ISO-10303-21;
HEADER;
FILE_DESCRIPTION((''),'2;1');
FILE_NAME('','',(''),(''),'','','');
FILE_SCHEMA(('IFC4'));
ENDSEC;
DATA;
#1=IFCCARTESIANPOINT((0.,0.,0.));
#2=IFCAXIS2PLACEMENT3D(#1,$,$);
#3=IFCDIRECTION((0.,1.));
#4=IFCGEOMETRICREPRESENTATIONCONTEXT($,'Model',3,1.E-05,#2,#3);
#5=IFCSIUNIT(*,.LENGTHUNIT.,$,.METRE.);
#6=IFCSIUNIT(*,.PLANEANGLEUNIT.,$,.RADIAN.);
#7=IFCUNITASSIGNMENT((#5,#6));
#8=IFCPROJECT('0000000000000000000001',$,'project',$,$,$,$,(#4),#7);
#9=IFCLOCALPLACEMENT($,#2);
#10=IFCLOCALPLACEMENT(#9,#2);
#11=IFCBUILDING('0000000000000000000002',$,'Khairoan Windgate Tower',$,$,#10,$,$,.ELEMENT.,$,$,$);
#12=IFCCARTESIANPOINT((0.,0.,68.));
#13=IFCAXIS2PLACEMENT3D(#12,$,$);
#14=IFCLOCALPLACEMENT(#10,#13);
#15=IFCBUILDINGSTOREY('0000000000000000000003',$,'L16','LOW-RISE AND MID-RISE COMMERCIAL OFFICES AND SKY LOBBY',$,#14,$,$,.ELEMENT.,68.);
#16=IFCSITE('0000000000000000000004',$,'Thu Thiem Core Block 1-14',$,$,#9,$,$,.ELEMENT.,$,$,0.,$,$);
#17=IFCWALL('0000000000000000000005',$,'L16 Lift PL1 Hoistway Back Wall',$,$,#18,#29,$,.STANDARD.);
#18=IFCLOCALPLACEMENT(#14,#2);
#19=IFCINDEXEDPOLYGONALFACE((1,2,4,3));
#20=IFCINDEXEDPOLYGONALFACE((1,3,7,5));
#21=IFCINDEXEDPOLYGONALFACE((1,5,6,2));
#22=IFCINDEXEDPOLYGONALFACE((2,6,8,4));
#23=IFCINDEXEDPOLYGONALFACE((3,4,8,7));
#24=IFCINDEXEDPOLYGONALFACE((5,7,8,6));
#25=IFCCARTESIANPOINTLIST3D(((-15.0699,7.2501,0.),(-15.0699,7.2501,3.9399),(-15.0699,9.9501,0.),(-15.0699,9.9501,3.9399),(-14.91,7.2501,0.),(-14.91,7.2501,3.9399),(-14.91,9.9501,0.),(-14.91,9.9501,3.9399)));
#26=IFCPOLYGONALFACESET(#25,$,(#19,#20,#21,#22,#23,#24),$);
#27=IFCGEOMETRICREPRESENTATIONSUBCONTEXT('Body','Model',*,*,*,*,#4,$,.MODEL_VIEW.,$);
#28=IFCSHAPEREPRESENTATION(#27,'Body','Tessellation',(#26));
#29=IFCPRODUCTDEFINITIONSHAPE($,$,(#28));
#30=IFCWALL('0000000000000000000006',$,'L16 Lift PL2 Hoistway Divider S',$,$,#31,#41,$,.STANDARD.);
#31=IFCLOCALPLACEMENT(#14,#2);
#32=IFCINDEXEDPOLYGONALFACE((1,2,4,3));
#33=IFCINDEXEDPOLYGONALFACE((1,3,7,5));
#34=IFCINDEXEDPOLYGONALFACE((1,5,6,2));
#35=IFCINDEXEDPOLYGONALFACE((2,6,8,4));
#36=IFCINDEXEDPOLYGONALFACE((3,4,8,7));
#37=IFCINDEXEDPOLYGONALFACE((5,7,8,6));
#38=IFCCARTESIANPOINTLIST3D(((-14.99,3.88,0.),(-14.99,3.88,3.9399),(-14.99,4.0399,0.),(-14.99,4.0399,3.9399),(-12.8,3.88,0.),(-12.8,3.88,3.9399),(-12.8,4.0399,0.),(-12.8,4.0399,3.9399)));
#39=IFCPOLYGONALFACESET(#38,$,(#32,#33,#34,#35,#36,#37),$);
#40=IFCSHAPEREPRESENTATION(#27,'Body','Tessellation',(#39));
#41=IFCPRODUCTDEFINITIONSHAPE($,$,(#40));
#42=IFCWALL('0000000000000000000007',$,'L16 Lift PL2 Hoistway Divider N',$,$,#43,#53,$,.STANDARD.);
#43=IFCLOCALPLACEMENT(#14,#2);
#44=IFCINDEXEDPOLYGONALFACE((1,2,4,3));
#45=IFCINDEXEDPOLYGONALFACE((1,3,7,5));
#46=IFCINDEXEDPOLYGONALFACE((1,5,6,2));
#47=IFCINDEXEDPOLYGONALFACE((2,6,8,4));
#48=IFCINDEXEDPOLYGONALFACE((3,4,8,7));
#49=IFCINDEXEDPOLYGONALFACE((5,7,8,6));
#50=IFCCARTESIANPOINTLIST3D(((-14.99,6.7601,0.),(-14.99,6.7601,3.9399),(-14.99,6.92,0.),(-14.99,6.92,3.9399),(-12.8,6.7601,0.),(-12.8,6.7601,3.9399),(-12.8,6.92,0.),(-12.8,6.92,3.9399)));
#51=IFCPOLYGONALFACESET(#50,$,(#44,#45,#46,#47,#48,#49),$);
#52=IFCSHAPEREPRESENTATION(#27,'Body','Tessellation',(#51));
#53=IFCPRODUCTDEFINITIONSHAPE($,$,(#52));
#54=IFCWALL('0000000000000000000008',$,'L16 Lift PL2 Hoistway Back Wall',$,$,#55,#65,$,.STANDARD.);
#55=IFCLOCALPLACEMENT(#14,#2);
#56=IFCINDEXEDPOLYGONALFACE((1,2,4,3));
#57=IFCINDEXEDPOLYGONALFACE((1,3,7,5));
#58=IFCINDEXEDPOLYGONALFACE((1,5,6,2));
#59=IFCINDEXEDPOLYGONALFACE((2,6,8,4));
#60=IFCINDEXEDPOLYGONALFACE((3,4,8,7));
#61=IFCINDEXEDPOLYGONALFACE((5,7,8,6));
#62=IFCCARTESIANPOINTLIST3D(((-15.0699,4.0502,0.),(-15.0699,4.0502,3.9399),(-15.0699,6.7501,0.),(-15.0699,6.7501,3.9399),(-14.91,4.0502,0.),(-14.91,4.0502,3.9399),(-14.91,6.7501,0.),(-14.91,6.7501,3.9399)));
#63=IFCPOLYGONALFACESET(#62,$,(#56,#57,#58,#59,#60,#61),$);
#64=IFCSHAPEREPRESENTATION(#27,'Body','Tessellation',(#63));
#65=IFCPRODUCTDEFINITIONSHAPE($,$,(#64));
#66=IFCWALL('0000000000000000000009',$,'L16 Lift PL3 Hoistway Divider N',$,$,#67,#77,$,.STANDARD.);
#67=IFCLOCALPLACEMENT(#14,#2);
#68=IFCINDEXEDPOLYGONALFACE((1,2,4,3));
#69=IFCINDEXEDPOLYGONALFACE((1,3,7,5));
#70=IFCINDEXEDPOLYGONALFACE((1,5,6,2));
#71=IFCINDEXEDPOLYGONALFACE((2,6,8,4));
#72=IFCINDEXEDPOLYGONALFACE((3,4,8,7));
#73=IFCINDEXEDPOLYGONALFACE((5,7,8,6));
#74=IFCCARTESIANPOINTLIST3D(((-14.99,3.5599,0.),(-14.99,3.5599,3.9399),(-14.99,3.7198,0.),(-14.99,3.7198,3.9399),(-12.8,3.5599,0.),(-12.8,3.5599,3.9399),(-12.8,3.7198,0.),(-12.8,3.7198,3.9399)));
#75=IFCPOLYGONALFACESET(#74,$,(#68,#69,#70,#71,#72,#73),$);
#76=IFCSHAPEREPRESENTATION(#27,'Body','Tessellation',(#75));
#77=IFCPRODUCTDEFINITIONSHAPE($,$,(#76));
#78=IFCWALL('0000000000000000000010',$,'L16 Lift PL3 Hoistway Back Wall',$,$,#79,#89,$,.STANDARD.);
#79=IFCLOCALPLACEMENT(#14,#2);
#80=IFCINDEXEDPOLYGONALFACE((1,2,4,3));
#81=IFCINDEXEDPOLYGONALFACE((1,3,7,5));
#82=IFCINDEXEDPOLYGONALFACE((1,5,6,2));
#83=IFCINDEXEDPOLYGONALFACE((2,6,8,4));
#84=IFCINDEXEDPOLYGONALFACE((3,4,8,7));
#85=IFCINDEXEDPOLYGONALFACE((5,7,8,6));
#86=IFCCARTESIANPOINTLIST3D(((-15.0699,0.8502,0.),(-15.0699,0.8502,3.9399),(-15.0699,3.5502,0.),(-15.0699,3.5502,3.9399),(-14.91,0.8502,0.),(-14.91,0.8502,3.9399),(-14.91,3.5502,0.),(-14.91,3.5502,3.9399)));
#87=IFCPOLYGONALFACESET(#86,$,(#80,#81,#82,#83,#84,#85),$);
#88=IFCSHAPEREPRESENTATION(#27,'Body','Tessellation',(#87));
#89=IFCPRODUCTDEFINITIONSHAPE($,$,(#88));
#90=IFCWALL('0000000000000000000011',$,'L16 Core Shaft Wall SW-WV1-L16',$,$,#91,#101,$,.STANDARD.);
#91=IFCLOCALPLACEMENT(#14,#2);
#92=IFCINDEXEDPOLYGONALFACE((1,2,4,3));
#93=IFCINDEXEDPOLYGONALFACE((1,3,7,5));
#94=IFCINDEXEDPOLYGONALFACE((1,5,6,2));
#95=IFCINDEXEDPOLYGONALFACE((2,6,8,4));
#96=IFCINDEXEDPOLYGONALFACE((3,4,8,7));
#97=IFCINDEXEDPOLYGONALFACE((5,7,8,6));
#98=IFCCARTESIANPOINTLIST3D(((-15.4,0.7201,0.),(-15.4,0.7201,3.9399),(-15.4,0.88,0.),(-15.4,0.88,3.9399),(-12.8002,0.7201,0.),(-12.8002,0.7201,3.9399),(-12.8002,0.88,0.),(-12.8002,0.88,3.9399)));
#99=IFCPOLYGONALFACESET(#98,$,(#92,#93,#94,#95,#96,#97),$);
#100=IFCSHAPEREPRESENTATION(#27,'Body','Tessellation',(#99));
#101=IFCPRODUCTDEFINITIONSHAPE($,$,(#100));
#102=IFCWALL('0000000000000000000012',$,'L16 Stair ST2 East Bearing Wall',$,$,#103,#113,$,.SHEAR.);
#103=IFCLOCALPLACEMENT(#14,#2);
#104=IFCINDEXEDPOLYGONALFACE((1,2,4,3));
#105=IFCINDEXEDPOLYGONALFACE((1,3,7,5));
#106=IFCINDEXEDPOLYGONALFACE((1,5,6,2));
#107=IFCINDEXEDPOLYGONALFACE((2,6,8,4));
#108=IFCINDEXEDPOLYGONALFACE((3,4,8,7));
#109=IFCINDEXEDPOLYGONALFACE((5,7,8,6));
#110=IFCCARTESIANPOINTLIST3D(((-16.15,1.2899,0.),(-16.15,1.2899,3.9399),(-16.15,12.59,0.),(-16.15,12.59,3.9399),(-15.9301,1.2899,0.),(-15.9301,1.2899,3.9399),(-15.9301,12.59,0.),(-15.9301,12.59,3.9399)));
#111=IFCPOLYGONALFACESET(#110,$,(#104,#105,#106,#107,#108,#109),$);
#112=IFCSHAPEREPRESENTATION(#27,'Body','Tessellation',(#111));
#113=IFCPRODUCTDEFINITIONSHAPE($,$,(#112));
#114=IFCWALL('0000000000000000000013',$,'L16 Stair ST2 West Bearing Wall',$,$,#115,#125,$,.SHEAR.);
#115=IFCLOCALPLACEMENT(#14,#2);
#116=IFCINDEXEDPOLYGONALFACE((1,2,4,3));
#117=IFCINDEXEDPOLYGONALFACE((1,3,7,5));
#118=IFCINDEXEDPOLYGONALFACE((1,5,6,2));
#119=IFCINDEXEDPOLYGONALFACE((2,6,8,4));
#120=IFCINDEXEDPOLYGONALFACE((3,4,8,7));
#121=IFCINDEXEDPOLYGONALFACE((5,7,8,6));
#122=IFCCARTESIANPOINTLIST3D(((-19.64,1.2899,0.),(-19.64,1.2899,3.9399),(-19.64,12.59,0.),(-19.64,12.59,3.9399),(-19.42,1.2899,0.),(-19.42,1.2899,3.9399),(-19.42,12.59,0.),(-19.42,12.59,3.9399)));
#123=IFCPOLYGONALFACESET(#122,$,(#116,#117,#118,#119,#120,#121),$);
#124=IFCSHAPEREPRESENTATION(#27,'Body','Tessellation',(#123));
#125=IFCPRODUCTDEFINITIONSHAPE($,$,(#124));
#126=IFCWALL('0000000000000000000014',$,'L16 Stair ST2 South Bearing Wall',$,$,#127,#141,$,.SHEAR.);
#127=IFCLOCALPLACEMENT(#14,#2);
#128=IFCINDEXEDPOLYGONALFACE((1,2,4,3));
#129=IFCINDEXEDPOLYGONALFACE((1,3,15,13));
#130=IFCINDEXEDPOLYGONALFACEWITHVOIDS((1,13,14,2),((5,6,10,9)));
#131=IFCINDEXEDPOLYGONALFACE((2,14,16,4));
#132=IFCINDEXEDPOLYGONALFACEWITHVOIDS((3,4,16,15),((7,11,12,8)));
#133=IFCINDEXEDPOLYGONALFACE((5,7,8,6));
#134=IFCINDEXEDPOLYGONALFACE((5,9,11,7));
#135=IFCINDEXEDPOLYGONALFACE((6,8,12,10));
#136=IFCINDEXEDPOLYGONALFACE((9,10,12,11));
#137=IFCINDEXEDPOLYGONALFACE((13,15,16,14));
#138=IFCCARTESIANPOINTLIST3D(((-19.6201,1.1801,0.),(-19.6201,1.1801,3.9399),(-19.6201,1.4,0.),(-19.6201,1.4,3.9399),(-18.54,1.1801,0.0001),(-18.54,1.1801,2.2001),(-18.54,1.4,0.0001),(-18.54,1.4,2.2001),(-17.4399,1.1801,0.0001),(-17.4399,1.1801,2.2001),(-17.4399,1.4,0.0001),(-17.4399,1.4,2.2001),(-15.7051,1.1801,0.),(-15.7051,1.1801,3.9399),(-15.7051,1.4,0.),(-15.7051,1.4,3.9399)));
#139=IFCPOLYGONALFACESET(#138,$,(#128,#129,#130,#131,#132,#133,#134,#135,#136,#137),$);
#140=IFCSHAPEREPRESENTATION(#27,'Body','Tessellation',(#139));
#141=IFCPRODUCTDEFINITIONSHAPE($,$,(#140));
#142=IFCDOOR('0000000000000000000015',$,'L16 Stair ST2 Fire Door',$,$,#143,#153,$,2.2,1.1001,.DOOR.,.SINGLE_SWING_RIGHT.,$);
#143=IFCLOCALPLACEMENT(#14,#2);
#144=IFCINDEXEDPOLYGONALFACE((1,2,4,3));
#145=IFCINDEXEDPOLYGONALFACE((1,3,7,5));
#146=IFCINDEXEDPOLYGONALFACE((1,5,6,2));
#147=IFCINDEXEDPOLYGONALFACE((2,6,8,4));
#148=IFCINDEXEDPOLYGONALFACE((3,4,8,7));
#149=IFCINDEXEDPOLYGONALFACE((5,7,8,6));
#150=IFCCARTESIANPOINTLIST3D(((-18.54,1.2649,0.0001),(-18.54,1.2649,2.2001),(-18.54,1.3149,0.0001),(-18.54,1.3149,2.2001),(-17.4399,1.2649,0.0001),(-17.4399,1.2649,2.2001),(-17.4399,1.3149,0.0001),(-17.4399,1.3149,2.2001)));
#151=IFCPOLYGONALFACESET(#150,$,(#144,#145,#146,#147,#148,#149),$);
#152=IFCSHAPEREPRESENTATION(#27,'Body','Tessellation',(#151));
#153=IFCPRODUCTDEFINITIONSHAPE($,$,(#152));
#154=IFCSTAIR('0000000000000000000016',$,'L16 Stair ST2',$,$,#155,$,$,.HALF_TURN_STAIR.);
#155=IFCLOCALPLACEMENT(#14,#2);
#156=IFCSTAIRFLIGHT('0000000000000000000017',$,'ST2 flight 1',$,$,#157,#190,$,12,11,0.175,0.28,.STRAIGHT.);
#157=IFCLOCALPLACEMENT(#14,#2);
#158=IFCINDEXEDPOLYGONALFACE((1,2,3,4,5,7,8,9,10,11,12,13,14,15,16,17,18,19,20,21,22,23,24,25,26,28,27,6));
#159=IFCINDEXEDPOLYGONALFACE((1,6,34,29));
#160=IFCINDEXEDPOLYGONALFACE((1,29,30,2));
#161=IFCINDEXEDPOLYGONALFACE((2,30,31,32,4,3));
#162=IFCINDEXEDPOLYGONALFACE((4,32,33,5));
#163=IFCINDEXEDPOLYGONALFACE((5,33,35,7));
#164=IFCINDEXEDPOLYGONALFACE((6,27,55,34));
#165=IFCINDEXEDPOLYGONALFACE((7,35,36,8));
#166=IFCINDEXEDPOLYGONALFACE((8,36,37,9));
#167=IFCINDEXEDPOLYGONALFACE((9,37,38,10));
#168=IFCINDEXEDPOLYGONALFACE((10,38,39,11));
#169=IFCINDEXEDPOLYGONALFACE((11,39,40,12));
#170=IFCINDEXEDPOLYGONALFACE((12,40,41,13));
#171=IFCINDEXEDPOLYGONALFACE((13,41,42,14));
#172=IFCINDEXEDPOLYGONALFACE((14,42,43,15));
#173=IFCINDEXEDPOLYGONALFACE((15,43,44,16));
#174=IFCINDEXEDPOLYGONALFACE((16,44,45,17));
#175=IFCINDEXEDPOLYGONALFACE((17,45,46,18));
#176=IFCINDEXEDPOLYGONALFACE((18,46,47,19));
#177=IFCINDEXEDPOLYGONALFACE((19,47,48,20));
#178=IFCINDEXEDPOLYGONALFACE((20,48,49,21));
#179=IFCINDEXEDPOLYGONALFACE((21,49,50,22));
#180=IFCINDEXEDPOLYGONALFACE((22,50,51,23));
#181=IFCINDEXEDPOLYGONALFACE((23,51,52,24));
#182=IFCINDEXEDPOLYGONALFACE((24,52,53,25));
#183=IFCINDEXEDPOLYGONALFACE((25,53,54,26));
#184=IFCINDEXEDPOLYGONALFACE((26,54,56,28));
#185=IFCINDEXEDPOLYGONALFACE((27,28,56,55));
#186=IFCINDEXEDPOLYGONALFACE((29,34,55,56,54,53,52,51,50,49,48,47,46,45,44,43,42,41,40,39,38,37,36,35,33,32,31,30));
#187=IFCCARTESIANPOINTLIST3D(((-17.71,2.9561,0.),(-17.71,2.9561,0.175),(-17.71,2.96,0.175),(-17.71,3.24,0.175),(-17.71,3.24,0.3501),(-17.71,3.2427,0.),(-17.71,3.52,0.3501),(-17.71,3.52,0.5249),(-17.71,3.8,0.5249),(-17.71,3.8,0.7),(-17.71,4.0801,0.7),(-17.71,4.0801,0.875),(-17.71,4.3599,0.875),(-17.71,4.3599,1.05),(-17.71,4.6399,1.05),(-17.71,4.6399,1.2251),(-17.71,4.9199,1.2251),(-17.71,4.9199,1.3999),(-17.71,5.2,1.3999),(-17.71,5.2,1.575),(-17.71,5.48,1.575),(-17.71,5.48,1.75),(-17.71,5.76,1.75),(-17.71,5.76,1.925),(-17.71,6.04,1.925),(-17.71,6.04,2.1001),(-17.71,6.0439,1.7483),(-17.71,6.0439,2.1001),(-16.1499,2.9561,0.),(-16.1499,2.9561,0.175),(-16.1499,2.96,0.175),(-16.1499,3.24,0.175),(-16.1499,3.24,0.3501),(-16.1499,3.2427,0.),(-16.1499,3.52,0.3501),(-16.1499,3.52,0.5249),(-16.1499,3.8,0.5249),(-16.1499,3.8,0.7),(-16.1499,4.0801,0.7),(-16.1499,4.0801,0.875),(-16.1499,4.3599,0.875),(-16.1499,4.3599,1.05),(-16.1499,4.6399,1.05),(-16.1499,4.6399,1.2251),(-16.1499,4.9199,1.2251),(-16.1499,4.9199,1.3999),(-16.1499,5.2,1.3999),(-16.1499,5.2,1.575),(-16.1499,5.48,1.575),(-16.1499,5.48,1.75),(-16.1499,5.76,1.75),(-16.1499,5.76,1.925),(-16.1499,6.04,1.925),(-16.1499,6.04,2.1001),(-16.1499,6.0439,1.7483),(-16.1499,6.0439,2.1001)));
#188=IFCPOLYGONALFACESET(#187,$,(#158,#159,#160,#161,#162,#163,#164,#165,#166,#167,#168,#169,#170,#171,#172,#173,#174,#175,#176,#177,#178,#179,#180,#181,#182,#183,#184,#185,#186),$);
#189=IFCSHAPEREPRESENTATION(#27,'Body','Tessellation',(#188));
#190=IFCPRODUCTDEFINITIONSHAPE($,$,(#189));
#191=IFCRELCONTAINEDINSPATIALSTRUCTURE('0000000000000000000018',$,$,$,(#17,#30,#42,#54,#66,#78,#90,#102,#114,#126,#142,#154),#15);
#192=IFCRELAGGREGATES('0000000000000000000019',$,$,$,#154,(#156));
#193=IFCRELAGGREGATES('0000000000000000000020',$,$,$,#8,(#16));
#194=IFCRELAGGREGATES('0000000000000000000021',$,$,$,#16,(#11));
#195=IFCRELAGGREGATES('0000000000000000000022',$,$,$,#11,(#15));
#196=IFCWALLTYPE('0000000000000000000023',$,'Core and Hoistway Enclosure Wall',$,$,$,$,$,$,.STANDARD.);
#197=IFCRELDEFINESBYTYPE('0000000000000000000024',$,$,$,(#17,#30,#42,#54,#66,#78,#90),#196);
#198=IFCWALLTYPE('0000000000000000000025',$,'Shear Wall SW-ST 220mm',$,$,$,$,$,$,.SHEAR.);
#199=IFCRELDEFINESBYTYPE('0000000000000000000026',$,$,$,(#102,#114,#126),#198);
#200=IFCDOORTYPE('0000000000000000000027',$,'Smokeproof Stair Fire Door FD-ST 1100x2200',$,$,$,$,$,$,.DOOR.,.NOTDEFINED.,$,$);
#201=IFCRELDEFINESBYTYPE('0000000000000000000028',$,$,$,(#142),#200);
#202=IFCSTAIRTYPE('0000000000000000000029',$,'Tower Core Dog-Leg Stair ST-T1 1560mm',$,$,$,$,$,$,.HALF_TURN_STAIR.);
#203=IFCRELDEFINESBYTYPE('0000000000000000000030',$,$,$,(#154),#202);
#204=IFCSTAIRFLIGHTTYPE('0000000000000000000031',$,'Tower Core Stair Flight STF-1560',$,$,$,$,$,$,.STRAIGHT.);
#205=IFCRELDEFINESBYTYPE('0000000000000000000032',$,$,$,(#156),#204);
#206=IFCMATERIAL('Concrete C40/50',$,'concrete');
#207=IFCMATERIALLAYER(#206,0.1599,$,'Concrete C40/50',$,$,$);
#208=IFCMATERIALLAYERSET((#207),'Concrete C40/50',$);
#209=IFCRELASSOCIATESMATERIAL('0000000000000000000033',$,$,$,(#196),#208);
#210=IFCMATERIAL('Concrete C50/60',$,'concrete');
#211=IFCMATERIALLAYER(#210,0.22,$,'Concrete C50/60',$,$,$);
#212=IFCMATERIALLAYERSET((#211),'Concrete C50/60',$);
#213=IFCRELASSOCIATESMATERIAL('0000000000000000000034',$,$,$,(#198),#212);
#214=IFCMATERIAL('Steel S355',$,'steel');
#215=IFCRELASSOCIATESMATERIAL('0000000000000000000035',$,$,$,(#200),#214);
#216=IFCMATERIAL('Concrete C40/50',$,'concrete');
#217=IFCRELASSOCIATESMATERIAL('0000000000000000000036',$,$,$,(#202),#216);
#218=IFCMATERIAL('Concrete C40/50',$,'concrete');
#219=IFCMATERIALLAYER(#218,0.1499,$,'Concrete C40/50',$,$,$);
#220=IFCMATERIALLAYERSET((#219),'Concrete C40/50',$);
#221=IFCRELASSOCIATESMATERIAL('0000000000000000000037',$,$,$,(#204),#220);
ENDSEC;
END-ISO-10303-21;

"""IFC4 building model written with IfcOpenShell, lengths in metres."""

from ifc_helpers import new_model, si_unit, direction, frame, frame_2d, origin, place, context, subcontext, project, spatial, polyline, rectangle, outline, extrude, material, layer, layer_set, type_object, element, fill, aggregate, save


model = new_model("IFC4")

# Units and contexts
model_context = context("Model", 3, precision=1e-05, world=origin(), true_north=direction((0.0, 1.0)))
body_context = subcontext(model_context, "Body", "Model", "MODEL_VIEW")
ifc_project = project(units=[si_unit("LENGTHUNIT", "METRE"), si_unit("PLANEANGLEUNIT", "RADIAN")], contexts=[model_context])

# Site, building, storey
site_placement = place(None, origin())
site = spatial("IfcSite", under=ifc_project, at=site_placement, Name="Thu Thiem Core Block 1-14", CompositionType="ELEMENT", RefElevation=0.0)
building_placement = place(site_placement, origin())
building = spatial("IfcBuilding", under=site, at=building_placement, Name="Khairoan Windgate Tower", CompositionType="ELEMENT")
storey_placement = place(building_placement, frame((0.0, 0.0, 68.0)))
storey = spatial("IfcBuildingStorey", under=building, at=storey_placement, Name="L16", Description="LOW-RISE AND MID-RISE COMMERCIAL OFFICES AND SKY LOBBY", CompositionType="ELEMENT", Elevation=68.0)

# Walls
ifc_material_1 = material(Name="Concrete C40/50", Category="concrete")
ifc_layer_1 = layer(ifc_material_1, 0.1599, Name="Concrete C40/50")
ifc_layer_set_1 = layer_set([ifc_layer_1], Name="Concrete C40/50")
wall_type_1 = type_object("IfcWallType", Name="Core and Hoistway Enclosure Wall", PredefinedType="STANDARD", material=ifc_layer_set_1)
wall_1_placement = place(storey_placement, frame((-14.99, 7.25, 0.0), z_axis=(0.0, 0.0, 1.0), x_axis=(0.0, 1.0, 0.0)))
element("IfcWall", 1, at=wall_1_placement, inside=storey, type_object=wall_type_1, Name="L16 Lift PL1 Hoistway Back Wall", PredefinedType="STANDARD", context=body_context, shape_type="SweptSolid", body=[
    extrude(rectangle(XDim=2.7, YDim=0.1599, at=frame_2d((1.3501, 0.0))), origin(), (0.0, 0.0, 1.0), 3.9399),
])
for number, where, z_axis, x_axis, name in (
    (2, (-14.99, 3.96, 0.0), (0.0, 0.0, 1.0), (1.0, 0.0, 0.0), "L16 Lift PL2 Hoistway Divider S"),
    (3, (-14.99, 6.8401, 0.0), (0.0, 0.0, 1.0), (1.0, 0.0, 0.0), "L16 Lift PL2 Hoistway Divider N"),
):
    element("IfcWall", number, at=place(storey_placement, frame(where, z_axis=z_axis, x_axis=x_axis)), inside=storey, type_object=wall_type_1, Name=name, PredefinedType="STANDARD", context=body_context, shape_type="SweptSolid", body=[
        extrude(rectangle(XDim=2.1899, YDim=0.1599, at=frame_2d((1.095, 0.0))), origin(), (0.0, 0.0, 1.0), 3.9399),
    ])
wall_2_placement = place(storey_placement, frame((-14.99, 4.05, 0.0), z_axis=(0.0, 0.0, 1.0), x_axis=(0.0, 1.0, 0.0)))
element("IfcWall", 4, at=wall_2_placement, inside=storey, type_object=wall_type_1, Name="L16 Lift PL2 Hoistway Back Wall", PredefinedType="STANDARD", context=body_context, shape_type="SweptSolid", body=[
    extrude(rectangle(XDim=2.7, YDim=0.1599, at=frame_2d((1.3501, 0.0))), origin(), (0.0, 0.0, 1.0), 3.9399),
])
wall_3_placement = place(storey_placement, frame((-14.99, 3.6399, 0.0), z_axis=(0.0, 0.0, 1.0), x_axis=(1.0, 0.0, 0.0)))
element("IfcWall", 5, at=wall_3_placement, inside=storey, type_object=wall_type_1, Name="L16 Lift PL3 Hoistway Divider N", PredefinedType="STANDARD", context=body_context, shape_type="SweptSolid", body=[
    extrude(rectangle(XDim=2.1899, YDim=0.1599, at=frame_2d((1.095, 0.0))), origin(), (0.0, 0.0, 1.0), 3.9399),
])
wall_4_placement = place(storey_placement, frame((-14.99, 0.8501, 0.0), z_axis=(0.0, 0.0, 1.0), x_axis=(0.0, 1.0, 0.0)))
element("IfcWall", 6, at=wall_4_placement, inside=storey, type_object=wall_type_1, Name="L16 Lift PL3 Hoistway Back Wall", PredefinedType="STANDARD", context=body_context, shape_type="SweptSolid", body=[
    extrude(rectangle(XDim=2.7, YDim=0.1599, at=frame_2d((1.3501, 0.0))), origin(), (0.0, 0.0, 1.0), 3.9399),
])
wall_5_placement = place(storey_placement, frame((-15.3999, 0.8, 0.0), z_axis=(0.0, 0.0, 1.0), x_axis=(1.0, 0.0, 0.0)))
element("IfcWall", 7, at=wall_5_placement, inside=storey, type_object=wall_type_1, Name="L16 Core Shaft Wall SW-WV1-L16", PredefinedType="STANDARD", context=body_context, shape_type="SweptSolid", body=[
    extrude(rectangle(XDim=2.5999, YDim=0.1599, at=frame_2d((1.2998, 0.0))), origin(), (0.0, 0.0, 1.0), 3.9399),
])
ifc_material_2 = material(Name="Concrete C50/60", Category="concrete")
ifc_layer_2 = layer(ifc_material_2, 0.22, Name="Concrete C50/60")
ifc_layer_set_2 = layer_set([ifc_layer_2], Name="Concrete C50/60")
wall_type_2 = type_object("IfcWallType", Name="Shear Wall SW-ST 220mm", PredefinedType="SHEAR", material=ifc_layer_set_2)
for number, where, z_axis, x_axis, name in (
    (8, (-16.04, 1.29, 0.0), (0.0, 0.0, 1.0), (0.0, 1.0, 0.0), "L16 Stair ST2 East Bearing Wall"),
    (9, (-19.53, 1.29, 0.0), (0.0, 0.0, 1.0), (0.0, 1.0, 0.0), "L16 Stair ST2 West Bearing Wall"),
):
    element("IfcWall", number, at=place(storey_placement, frame(where, z_axis=z_axis, x_axis=x_axis)), inside=storey, type_object=wall_type_2, Name=name, PredefinedType="SHEAR", context=body_context, shape_type="SweptSolid", body=[
        extrude(rectangle(XDim=11.3, YDim=0.22, at=frame_2d((5.6499, 0.0))), origin(), (0.0, 0.0, 1.0), 3.9399),
    ])

# Wall, opening, door
wall_6_placement = place(storey_placement, frame((-19.6201, 1.29, 0.0), z_axis=(0.0, 0.0, 1.0), x_axis=(1.0, 0.0, 0.0)))
wall_6 = element("IfcWall", 10, at=wall_6_placement, inside=storey, type_object=wall_type_2, Name="L16 Stair ST2 South Bearing Wall", PredefinedType="SHEAR", context=body_context, shape_type="SweptSolid", body=[
    extrude(rectangle(XDim=3.915, YDim=0.22, at=frame_2d((1.9575, 0.0))), origin(), (0.0, 0.0, 1.0), 3.9399),
])
opening_placement = place(wall_6_placement, frame((1.0801, 0.0, 0.0)))
opening = element("IfcOpeningElement", 11, at=opening_placement, cuts=wall_6, PredefinedType="OPENING", context=body_context, shape_type="SweptSolid", body=[
    extrude(rectangle(XDim=1.1001, YDim=2.2, at=frame_2d((0.55, 1.1001))), frame((0.0, 0.1199, 0.0), z_axis=(0.0, -1.0, 0.0), x_axis=(1.0, 0.0, 0.0)), (0.0, 0.0, 1.0), 0.24),
])
ifc_material_3 = material(Name="Steel S355", Category="steel")
door_type = type_object("IfcDoorType", Name="Smokeproof Stair Fire Door FD-ST 1100x2200", OperationType="NOTDEFINED", PredefinedType="DOOR", material=ifc_material_3)
door_placement = place(opening_placement, origin())
door = element("IfcDoor", 12, at=door_placement, inside=storey, type_object=door_type, Name="L16 Stair ST2 Fire Door", OperationType="SINGLE_SWING_RIGHT", OverallHeight=2.2, OverallWidth=1.1001, PredefinedType="DOOR", context=body_context, shape_type="SweptSolid", body=[
    extrude(rectangle(XDim=1.1001, YDim=2.2, at=frame_2d((0.55, 1.1001))), frame((0.0, 0.0249, 0.0), z_axis=(0.0, -1.0, 0.0), x_axis=(1.0, 0.0, 0.0)), (0.0, 0.0, 1.0), 0.05),
])
fill(opening, door)

# Stair, stair flight
ifc_material_4 = material(Name="Concrete C40/50", Category="concrete")
stair_type = type_object("IfcStairType", Name="Tower Core Dog-Leg Stair ST-T1 1560mm", PredefinedType="HALF_TURN_STAIR", material=ifc_material_4)
stair_placement = place(storey_placement, origin())
stair = element("IfcStair", 13, at=stair_placement, inside=storey, type_object=stair_type, Name="L16 Stair ST2", PredefinedType="HALF_TURN_STAIR")
ifc_material_5 = material(Name="Concrete C40/50", Category="concrete")
ifc_layer_3 = layer(ifc_material_5, 0.1499, Name="Concrete C40/50")
ifc_layer_set_3 = layer_set([ifc_layer_3], Name="Concrete C40/50")
stair_flight_type = type_object("IfcStairFlightType", Name="Tower Core Stair Flight STF-1560", PredefinedType="STRAIGHT", material=ifc_layer_set_3)
stair_flight_1_placement = place(storey_placement, frame((-16.9299, 2.96, 0.0), z_axis=(0.0, 0.0, 1.0), x_axis=(0.0, 1.0, 0.0)))
stair_flight_1 = element("IfcStairFlight", 14, at=stair_flight_1_placement, type_object=stair_flight_type, Name="ST2 flight 1", NumberOfRisers=12, NumberOfTreads=11, PredefinedType="STRAIGHT", RiserHeight=0.175, TreadLength=0.28, context=body_context, shape_type="SweptSolid", body=[
    extrude(outline(polyline([(-0.0039, 0.0), (-0.0039, 0.175), (0.0, 0.175), (0.28, 0.175), (0.28, 0.3501), (0.5601, 0.3501), (0.5601, 0.5249), (0.8401, 0.5249), (0.8401, 0.7), (1.1201, 0.7), (1.1201, 0.875), (1.3999, 0.875), (1.3999, 1.05), (1.6799, 1.05), (1.6799, 1.2251), (1.96, 1.2251), (1.96, 1.3999), (2.24, 1.3999), (2.24, 1.575), (2.52, 1.575), (2.52, 1.75), (2.8, 1.75), (2.8, 1.925), (3.0801, 1.925), (3.0801, 2.1001), (3.084, 2.1001), (3.084, 1.7483), (0.2827, 0.0), (-0.0039, 0.0)])), frame((0.0, 0.78, 0.0), z_axis=(0.0, -1.0, 0.0), x_axis=(1.0, 0.0, 0.0)), (0.0, 0.0, 1.0), 1.5601),
])
aggregate(stair, [stair_flight_1])

save(model, "model.ifc")
